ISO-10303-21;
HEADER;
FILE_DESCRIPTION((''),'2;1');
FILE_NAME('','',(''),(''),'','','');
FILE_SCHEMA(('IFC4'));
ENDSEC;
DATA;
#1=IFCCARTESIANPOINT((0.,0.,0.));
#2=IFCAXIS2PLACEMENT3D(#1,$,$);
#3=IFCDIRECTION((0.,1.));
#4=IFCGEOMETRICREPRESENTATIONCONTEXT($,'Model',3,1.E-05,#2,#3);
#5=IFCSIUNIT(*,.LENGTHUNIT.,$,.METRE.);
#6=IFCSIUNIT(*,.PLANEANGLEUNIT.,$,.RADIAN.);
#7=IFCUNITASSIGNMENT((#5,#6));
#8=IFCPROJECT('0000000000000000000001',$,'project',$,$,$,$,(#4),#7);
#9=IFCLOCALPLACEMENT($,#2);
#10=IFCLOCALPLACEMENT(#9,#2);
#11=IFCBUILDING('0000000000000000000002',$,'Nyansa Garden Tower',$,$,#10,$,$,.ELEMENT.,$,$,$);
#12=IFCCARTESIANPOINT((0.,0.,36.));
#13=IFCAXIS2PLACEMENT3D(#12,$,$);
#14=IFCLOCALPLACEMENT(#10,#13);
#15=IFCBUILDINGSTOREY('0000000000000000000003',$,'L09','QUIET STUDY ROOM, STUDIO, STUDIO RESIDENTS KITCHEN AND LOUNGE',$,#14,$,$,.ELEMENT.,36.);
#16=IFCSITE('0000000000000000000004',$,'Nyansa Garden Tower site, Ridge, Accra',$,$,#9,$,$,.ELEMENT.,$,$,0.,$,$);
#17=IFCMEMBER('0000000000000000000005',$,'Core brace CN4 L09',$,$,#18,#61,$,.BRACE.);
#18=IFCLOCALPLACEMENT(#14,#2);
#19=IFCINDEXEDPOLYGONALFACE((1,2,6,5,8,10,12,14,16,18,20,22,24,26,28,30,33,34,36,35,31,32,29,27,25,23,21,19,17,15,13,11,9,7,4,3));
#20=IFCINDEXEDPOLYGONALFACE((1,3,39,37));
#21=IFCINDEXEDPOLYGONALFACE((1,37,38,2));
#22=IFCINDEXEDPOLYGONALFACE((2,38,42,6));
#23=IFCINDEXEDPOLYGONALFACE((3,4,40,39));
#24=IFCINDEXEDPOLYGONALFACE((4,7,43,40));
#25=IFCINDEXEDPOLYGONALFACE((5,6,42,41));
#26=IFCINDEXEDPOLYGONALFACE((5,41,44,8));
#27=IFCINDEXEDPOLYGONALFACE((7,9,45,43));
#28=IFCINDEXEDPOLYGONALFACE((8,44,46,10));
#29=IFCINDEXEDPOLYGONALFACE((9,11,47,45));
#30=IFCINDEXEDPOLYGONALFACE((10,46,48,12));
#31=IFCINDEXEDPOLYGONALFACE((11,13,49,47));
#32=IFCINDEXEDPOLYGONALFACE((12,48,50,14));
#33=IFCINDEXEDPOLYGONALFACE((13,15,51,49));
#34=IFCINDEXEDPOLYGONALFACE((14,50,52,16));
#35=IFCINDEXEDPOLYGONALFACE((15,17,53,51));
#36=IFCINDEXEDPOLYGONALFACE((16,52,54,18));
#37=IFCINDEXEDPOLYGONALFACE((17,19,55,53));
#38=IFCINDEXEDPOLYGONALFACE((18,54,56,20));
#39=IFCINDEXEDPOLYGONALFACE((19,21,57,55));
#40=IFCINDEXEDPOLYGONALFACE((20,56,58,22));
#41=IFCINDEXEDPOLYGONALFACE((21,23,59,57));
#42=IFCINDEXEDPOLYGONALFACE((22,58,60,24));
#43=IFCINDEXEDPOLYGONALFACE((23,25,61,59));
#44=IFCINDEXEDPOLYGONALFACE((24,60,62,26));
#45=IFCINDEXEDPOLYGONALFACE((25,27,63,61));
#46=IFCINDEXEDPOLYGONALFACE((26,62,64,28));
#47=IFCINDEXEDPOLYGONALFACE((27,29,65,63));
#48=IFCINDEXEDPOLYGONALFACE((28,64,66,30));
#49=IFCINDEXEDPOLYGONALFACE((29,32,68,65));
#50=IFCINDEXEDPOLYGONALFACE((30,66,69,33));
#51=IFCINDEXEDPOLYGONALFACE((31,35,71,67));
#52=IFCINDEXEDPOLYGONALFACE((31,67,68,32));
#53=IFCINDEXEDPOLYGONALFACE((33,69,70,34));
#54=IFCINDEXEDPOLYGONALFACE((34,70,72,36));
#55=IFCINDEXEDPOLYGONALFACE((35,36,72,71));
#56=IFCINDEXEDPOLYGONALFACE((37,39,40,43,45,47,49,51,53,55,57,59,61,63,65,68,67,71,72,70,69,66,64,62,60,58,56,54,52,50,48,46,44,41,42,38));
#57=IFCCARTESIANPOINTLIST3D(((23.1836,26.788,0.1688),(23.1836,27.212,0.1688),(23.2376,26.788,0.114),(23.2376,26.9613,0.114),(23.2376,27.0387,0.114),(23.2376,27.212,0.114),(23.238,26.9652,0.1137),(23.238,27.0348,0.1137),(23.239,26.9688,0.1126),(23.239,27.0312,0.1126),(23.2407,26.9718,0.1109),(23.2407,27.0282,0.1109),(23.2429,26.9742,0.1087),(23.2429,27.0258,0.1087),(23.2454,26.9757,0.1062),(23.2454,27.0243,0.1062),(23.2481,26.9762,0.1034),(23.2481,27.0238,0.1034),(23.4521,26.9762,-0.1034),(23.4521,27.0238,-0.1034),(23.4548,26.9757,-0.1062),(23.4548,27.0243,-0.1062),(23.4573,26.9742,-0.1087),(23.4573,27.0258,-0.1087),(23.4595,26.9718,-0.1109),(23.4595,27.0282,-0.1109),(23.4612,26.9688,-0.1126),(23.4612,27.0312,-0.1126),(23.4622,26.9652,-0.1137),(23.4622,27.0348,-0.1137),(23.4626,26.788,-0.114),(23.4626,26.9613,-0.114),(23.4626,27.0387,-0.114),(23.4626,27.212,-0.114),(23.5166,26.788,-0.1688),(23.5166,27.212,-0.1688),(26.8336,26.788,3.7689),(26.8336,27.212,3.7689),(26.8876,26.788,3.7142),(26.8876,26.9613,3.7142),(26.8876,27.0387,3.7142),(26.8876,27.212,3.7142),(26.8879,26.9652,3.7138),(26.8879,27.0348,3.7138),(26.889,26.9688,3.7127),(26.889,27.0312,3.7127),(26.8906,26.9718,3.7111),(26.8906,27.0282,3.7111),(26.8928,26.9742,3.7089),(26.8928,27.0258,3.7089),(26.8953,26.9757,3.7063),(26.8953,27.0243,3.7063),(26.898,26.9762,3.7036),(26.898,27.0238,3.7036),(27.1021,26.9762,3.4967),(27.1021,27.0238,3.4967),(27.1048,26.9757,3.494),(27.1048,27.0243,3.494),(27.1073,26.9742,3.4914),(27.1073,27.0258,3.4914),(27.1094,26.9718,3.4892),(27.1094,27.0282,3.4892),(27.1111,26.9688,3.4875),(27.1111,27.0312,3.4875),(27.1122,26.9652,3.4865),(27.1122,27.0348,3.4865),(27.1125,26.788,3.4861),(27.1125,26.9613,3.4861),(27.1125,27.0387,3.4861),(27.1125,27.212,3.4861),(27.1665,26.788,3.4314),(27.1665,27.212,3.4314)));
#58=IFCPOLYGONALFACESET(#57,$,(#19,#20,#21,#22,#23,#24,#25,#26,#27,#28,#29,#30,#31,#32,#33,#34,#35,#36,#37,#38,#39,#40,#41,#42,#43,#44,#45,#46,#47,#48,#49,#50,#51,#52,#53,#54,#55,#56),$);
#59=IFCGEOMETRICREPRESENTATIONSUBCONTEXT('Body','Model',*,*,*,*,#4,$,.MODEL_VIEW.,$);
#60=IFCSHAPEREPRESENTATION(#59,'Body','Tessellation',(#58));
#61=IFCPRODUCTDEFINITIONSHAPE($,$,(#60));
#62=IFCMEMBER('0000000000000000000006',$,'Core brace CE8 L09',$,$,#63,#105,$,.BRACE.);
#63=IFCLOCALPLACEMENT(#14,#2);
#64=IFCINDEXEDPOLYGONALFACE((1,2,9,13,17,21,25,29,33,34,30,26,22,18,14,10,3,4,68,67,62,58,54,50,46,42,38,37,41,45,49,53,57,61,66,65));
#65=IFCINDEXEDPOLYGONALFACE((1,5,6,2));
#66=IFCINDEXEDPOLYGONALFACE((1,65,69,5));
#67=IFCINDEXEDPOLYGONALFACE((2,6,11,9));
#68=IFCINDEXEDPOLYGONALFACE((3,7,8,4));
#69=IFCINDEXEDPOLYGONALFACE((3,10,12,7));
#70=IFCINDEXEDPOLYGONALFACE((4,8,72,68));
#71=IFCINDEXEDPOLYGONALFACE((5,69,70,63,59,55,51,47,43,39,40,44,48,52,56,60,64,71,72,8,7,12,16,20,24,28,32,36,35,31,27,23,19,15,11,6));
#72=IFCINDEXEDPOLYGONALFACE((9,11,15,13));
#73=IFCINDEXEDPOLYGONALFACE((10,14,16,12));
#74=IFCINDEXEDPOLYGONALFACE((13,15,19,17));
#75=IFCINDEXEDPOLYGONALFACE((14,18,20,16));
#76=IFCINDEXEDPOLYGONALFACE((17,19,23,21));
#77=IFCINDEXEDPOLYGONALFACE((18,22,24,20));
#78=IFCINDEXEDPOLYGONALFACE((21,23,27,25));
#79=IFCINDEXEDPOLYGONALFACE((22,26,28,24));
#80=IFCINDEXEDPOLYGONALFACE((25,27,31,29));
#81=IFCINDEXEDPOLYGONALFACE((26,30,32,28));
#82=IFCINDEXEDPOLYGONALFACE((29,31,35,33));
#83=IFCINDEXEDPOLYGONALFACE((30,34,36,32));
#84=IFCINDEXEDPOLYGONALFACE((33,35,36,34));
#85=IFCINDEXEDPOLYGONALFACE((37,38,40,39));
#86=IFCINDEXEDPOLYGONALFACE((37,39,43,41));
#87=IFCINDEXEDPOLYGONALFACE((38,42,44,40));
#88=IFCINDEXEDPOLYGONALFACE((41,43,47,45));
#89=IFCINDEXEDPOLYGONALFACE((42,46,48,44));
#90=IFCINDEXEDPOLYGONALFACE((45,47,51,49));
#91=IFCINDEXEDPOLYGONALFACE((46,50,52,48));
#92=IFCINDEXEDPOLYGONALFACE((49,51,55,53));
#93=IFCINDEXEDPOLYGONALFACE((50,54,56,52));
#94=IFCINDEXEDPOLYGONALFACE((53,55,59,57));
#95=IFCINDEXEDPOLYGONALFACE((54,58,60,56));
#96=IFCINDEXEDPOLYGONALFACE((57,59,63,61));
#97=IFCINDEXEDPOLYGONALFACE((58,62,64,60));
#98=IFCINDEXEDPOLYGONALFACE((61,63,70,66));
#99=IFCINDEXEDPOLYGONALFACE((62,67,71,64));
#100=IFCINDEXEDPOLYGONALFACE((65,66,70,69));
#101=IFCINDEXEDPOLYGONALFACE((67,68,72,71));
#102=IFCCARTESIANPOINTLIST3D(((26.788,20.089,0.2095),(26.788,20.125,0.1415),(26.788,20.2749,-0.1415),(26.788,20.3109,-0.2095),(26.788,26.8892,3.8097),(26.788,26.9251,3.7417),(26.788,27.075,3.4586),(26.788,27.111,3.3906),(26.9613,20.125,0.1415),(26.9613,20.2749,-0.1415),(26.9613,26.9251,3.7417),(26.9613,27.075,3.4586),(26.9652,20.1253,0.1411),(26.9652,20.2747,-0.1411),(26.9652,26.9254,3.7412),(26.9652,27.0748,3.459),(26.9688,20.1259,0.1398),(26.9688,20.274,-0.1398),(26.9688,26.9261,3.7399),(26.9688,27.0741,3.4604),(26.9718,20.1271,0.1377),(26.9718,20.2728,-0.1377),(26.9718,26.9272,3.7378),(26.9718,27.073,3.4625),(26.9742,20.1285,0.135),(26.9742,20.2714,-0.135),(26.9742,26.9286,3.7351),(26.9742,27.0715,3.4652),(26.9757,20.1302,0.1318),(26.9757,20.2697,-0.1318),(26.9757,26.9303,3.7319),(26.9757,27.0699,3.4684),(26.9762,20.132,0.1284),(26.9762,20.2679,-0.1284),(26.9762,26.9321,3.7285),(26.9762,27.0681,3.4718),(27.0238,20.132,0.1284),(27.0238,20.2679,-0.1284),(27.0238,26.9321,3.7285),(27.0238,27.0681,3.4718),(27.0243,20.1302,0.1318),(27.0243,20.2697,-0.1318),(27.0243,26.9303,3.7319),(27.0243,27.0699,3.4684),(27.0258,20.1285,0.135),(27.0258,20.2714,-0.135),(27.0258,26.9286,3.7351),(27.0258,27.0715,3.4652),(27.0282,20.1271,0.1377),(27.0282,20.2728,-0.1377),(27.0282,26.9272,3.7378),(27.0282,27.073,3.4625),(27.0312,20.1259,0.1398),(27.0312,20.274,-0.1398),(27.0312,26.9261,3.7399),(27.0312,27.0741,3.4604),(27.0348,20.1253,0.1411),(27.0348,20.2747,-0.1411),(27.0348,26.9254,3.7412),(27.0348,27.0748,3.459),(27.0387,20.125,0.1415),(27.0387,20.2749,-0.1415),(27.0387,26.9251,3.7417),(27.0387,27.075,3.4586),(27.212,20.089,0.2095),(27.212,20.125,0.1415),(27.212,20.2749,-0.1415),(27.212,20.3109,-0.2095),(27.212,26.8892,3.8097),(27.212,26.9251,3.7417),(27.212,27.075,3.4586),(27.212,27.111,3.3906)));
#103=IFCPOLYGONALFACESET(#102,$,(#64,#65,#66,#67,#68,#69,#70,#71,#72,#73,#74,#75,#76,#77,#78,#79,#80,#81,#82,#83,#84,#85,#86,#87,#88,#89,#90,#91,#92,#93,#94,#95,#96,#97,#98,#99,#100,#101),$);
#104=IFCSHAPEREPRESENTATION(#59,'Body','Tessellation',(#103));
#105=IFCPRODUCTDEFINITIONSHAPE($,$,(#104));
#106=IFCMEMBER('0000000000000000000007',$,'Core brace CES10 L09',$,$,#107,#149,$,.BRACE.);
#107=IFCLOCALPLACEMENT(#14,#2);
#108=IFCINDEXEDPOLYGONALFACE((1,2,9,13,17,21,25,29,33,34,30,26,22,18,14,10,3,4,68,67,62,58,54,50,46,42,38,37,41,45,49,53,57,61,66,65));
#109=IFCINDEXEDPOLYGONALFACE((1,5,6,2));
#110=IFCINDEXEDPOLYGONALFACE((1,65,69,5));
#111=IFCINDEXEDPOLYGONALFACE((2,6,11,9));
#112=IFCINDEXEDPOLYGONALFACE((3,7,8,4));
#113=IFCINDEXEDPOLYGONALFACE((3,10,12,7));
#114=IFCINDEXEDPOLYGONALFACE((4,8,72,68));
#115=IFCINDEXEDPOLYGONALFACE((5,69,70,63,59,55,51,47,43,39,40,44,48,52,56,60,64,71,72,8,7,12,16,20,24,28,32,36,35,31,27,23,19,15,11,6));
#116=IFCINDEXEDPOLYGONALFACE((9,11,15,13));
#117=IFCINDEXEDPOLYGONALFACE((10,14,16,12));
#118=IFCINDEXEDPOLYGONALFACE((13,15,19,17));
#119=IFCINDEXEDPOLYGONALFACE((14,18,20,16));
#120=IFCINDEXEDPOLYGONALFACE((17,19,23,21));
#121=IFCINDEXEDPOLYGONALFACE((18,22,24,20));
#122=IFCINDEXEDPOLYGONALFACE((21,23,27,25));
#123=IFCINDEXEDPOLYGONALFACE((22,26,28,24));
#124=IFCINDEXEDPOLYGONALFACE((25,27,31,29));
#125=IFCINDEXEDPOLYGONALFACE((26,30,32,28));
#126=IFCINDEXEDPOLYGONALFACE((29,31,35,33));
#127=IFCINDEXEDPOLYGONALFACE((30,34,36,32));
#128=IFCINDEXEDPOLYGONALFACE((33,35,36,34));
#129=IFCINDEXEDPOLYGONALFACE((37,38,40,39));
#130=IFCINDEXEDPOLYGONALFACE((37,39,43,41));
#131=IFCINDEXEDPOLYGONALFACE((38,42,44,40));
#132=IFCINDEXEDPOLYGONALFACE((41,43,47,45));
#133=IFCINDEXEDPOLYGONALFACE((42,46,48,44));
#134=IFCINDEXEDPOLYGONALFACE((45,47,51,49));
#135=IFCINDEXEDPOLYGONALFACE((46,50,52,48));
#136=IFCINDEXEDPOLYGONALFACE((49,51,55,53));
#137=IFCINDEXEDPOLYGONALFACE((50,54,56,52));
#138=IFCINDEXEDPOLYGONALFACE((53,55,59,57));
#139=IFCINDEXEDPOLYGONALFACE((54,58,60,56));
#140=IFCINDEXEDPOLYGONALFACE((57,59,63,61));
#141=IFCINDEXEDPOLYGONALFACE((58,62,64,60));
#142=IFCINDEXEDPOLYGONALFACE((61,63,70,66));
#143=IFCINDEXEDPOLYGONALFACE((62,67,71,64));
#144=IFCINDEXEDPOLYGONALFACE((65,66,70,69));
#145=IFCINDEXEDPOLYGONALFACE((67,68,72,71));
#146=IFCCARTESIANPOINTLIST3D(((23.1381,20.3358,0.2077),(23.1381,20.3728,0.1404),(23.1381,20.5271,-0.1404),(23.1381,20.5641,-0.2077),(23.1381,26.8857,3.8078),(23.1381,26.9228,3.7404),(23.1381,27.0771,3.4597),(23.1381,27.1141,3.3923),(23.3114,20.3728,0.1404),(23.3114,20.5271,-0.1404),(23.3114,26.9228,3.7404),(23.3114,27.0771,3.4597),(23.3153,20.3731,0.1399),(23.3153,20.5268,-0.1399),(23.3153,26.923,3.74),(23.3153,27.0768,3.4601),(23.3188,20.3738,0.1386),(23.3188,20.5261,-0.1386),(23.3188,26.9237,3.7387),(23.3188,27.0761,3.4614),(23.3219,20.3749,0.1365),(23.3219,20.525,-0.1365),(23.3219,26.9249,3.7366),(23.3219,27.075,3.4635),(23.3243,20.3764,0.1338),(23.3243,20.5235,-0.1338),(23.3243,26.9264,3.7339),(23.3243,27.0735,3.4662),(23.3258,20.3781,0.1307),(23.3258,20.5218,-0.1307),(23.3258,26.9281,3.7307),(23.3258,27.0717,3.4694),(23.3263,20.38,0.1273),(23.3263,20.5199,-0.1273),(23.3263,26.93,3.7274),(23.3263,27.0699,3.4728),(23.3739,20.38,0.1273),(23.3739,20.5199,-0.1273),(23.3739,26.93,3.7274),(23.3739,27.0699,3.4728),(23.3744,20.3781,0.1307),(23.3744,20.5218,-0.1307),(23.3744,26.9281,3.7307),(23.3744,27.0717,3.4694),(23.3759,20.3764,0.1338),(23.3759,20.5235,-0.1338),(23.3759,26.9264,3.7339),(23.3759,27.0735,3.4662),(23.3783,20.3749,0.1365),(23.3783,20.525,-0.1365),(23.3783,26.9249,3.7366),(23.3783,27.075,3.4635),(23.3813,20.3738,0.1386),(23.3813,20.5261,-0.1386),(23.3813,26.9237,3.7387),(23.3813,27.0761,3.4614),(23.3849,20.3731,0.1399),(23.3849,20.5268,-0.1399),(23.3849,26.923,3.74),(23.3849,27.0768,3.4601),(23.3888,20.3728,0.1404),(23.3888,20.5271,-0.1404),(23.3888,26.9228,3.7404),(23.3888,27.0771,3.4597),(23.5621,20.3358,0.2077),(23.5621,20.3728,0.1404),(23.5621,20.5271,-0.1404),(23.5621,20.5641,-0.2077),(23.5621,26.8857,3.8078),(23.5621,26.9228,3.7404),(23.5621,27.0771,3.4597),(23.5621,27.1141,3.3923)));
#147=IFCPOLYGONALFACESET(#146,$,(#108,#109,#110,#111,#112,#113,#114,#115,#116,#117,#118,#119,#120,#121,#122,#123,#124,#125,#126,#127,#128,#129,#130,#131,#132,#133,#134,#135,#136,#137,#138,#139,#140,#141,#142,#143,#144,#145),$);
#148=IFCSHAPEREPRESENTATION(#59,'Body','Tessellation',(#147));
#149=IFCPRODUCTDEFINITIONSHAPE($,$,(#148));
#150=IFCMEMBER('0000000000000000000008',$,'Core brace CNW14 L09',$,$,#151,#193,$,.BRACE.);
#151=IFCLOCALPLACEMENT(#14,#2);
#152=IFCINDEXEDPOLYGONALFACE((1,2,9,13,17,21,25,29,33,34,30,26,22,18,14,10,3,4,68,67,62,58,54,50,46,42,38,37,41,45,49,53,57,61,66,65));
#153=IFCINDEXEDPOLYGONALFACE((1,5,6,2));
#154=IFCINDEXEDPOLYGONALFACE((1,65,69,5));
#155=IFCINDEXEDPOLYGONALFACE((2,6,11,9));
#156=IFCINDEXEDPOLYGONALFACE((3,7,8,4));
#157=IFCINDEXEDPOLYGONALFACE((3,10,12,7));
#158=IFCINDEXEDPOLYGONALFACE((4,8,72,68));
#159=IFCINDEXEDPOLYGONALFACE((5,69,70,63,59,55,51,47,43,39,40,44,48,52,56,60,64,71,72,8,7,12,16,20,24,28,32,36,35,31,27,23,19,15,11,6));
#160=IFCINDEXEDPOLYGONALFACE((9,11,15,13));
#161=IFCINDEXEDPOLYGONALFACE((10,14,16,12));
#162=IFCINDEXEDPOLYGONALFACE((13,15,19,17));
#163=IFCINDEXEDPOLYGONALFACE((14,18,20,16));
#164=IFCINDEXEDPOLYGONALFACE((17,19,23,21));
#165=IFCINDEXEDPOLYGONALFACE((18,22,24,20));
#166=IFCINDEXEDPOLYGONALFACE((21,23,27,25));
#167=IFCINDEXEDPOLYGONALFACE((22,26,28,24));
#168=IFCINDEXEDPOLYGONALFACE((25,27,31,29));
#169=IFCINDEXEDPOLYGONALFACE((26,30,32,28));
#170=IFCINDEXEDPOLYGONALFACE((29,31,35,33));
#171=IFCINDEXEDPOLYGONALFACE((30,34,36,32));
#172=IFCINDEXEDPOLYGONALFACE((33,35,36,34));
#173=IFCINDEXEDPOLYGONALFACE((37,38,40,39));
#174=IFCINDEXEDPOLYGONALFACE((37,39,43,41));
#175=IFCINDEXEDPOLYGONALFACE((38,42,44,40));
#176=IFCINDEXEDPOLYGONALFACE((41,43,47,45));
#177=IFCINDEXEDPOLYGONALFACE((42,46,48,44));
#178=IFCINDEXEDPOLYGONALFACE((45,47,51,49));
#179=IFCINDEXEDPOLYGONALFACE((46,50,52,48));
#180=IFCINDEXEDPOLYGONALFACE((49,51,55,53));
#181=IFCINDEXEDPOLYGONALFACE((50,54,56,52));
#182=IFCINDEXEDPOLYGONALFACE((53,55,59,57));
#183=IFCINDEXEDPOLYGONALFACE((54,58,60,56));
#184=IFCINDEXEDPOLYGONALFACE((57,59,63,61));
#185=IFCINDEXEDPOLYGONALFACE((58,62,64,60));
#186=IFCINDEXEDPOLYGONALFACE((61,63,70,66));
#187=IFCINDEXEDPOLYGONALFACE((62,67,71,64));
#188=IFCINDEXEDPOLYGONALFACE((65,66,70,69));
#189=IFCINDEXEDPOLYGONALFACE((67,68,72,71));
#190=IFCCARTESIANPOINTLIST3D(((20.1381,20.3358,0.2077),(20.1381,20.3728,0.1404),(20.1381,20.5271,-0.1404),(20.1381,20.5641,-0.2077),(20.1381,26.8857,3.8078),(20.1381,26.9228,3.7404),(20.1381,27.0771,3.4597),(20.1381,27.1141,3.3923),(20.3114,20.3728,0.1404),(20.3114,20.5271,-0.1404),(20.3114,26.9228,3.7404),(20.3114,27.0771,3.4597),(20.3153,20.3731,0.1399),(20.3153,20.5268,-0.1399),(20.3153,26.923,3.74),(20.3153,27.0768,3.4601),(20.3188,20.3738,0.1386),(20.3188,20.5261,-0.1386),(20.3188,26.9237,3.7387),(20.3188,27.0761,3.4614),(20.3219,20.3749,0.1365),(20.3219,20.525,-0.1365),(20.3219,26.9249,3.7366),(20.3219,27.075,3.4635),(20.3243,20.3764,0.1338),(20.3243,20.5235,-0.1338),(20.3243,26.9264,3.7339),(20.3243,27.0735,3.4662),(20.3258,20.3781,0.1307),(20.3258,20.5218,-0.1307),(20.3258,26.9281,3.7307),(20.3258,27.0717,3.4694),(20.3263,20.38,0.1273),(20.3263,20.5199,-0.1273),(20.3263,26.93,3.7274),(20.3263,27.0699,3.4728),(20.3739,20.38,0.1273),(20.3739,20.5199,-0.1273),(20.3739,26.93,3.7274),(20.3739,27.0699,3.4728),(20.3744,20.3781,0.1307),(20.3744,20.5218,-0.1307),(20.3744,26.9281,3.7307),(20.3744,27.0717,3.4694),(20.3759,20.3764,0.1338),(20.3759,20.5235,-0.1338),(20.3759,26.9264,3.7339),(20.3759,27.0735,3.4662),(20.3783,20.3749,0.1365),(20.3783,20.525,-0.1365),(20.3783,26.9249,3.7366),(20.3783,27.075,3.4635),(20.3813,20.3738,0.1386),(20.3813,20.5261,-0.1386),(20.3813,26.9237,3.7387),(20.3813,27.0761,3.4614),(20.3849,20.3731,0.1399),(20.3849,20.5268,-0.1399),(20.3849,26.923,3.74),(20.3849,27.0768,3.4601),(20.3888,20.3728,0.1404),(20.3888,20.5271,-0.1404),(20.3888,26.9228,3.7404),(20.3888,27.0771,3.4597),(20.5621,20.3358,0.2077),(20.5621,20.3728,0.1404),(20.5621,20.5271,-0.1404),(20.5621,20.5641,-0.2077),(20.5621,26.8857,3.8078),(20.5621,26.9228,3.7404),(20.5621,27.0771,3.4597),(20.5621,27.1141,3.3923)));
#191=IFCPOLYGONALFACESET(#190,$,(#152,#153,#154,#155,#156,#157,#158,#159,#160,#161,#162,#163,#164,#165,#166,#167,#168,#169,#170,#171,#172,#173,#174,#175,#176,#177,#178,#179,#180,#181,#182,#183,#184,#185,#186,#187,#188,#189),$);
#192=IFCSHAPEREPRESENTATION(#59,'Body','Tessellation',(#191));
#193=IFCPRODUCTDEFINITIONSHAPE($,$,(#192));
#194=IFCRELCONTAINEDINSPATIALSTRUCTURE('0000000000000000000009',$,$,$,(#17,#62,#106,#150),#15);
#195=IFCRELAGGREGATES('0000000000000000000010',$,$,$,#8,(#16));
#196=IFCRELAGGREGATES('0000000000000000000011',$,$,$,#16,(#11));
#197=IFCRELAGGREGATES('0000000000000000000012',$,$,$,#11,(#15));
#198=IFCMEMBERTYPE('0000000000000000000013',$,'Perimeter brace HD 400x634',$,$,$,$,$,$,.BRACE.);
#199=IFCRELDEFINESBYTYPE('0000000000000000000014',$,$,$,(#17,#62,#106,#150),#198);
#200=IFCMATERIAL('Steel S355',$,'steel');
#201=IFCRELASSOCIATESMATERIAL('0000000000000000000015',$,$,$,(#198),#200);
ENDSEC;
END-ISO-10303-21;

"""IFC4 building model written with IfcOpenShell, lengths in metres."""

from ifc_helpers import new_model, si_unit, direction, frame, origin, origin_2d, place, context, subcontext, project, spatial, i_section, extrude, material, material_profile, profile_set, type_object, element, save


model = new_model("IFC4")

# Units and contexts
model_context = context("Model", 3, precision=1e-05, world=origin(), true_north=direction((0.0, 1.0)))
body_context = subcontext(model_context, "Body", "Model", "MODEL_VIEW")
ifc_project = project(units=[si_unit("LENGTHUNIT", "METRE"), si_unit("PLANEANGLEUNIT", "RADIAN")], contexts=[model_context])

# Site, building, storey
site_placement = place(None, origin())
site = spatial("IfcSite", under=ifc_project, at=site_placement, Name="Nyansa Garden Tower site, Ridge, Accra", CompositionType="ELEMENT", RefElevation=0.0)
building_placement = place(site_placement, origin())
building = spatial("IfcBuilding", under=site, at=building_placement, Name="Nyansa Garden Tower", CompositionType="ELEMENT")
storey_placement = place(building_placement, frame((0.0, 0.0, 36.0)))
storey = spatial("IfcBuildingStorey", under=building, at=storey_placement, Name="L09", Description="QUIET STUDY ROOM, STUDIO, STUDIO RESIDENTS KITCHEN AND LOUNGE", CompositionType="ELEMENT", Elevation=36.0)

# Members
ifc_material_1 = material(Name="Steel S355", Category="steel")
ifc_material_profile_1 = material_profile(ifc_material_1, i_section(OverallWidth=0.4241, OverallDepth=0.4741, WebThickness=0.0476, FlangeThickness=0.0769, FilletRadius=0.0149, at=origin_2d()), Name="HD 400x634")
ifc_profile_set_1 = profile_set([ifc_material_profile_1], Name="Steel S355")
member_type = type_object("IfcMemberType", Name="Perimeter brace HD 400x634", PredefinedType="BRACE", material=ifc_profile_set_1)
member_1_placement = place(storey_placement, frame((23.3501, 27.0, 0.0), z_axis=(0.711948, 0.0, 0.702233), x_axis=(0.0, 1.0, 0.0)))
element("IfcMember", 1, at=member_1_placement, inside=storey, type_object=member_type, Name="Core brace CN4 L09", PredefinedType="BRACE", context=body_context, shape_type="SweptSolid", body=[
    extrude(i_section(OverallWidth=0.4241, OverallDepth=0.4741, WebThickness=0.0476, FlangeThickness=0.0769, FilletRadius=0.0149, at=origin_2d()), origin(), (0.0, 0.0, 1.0), 5.1267),
])
member_2_placement = place(storey_placement, frame((27.0, 20.2, 0.0), z_axis=(0.0, 0.883784, 0.467895), x_axis=(-1.0, 0.0, 0.0)))
element("IfcMember", 2, at=member_2_placement, inside=storey, type_object=member_type, Name="Core brace CE8 L09", PredefinedType="BRACE", context=body_context, shape_type="SweptSolid", body=[
    extrude(i_section(OverallWidth=0.4241, OverallDepth=0.4741, WebThickness=0.0476, FlangeThickness=0.0769, FilletRadius=0.0149, at=origin_2d()), origin(), (0.0, 0.0, 1.0), 7.6943),
])
for number, where, z_axis, x_axis, name in (
    (3, (23.3501, 20.45, 0.0), (0.0, 0.876353, 0.481669), (-1.0, 0.0, 0.0), "Core brace CES10 L09"),
    (4, (20.3501, 20.45, 0.0), (0.0, 0.876353, 0.481669), (-1.0, 0.0, 0.0), "Core brace CNW14 L09"),
):
    element("IfcMember", number, at=place(storey_placement, frame(where, z_axis=z_axis, x_axis=x_axis)), inside=storey, type_object=member_type, Name=name, PredefinedType="BRACE", context=body_context, shape_type="SweptSolid", body=[
        extrude(i_section(OverallWidth=0.4241, OverallDepth=0.4741, WebThickness=0.0476, FlangeThickness=0.0769, FilletRadius=0.0149, at=origin_2d()), origin(), (0.0, 0.0, 1.0), 7.4741),
    ])

save(model, "model.ifc")
